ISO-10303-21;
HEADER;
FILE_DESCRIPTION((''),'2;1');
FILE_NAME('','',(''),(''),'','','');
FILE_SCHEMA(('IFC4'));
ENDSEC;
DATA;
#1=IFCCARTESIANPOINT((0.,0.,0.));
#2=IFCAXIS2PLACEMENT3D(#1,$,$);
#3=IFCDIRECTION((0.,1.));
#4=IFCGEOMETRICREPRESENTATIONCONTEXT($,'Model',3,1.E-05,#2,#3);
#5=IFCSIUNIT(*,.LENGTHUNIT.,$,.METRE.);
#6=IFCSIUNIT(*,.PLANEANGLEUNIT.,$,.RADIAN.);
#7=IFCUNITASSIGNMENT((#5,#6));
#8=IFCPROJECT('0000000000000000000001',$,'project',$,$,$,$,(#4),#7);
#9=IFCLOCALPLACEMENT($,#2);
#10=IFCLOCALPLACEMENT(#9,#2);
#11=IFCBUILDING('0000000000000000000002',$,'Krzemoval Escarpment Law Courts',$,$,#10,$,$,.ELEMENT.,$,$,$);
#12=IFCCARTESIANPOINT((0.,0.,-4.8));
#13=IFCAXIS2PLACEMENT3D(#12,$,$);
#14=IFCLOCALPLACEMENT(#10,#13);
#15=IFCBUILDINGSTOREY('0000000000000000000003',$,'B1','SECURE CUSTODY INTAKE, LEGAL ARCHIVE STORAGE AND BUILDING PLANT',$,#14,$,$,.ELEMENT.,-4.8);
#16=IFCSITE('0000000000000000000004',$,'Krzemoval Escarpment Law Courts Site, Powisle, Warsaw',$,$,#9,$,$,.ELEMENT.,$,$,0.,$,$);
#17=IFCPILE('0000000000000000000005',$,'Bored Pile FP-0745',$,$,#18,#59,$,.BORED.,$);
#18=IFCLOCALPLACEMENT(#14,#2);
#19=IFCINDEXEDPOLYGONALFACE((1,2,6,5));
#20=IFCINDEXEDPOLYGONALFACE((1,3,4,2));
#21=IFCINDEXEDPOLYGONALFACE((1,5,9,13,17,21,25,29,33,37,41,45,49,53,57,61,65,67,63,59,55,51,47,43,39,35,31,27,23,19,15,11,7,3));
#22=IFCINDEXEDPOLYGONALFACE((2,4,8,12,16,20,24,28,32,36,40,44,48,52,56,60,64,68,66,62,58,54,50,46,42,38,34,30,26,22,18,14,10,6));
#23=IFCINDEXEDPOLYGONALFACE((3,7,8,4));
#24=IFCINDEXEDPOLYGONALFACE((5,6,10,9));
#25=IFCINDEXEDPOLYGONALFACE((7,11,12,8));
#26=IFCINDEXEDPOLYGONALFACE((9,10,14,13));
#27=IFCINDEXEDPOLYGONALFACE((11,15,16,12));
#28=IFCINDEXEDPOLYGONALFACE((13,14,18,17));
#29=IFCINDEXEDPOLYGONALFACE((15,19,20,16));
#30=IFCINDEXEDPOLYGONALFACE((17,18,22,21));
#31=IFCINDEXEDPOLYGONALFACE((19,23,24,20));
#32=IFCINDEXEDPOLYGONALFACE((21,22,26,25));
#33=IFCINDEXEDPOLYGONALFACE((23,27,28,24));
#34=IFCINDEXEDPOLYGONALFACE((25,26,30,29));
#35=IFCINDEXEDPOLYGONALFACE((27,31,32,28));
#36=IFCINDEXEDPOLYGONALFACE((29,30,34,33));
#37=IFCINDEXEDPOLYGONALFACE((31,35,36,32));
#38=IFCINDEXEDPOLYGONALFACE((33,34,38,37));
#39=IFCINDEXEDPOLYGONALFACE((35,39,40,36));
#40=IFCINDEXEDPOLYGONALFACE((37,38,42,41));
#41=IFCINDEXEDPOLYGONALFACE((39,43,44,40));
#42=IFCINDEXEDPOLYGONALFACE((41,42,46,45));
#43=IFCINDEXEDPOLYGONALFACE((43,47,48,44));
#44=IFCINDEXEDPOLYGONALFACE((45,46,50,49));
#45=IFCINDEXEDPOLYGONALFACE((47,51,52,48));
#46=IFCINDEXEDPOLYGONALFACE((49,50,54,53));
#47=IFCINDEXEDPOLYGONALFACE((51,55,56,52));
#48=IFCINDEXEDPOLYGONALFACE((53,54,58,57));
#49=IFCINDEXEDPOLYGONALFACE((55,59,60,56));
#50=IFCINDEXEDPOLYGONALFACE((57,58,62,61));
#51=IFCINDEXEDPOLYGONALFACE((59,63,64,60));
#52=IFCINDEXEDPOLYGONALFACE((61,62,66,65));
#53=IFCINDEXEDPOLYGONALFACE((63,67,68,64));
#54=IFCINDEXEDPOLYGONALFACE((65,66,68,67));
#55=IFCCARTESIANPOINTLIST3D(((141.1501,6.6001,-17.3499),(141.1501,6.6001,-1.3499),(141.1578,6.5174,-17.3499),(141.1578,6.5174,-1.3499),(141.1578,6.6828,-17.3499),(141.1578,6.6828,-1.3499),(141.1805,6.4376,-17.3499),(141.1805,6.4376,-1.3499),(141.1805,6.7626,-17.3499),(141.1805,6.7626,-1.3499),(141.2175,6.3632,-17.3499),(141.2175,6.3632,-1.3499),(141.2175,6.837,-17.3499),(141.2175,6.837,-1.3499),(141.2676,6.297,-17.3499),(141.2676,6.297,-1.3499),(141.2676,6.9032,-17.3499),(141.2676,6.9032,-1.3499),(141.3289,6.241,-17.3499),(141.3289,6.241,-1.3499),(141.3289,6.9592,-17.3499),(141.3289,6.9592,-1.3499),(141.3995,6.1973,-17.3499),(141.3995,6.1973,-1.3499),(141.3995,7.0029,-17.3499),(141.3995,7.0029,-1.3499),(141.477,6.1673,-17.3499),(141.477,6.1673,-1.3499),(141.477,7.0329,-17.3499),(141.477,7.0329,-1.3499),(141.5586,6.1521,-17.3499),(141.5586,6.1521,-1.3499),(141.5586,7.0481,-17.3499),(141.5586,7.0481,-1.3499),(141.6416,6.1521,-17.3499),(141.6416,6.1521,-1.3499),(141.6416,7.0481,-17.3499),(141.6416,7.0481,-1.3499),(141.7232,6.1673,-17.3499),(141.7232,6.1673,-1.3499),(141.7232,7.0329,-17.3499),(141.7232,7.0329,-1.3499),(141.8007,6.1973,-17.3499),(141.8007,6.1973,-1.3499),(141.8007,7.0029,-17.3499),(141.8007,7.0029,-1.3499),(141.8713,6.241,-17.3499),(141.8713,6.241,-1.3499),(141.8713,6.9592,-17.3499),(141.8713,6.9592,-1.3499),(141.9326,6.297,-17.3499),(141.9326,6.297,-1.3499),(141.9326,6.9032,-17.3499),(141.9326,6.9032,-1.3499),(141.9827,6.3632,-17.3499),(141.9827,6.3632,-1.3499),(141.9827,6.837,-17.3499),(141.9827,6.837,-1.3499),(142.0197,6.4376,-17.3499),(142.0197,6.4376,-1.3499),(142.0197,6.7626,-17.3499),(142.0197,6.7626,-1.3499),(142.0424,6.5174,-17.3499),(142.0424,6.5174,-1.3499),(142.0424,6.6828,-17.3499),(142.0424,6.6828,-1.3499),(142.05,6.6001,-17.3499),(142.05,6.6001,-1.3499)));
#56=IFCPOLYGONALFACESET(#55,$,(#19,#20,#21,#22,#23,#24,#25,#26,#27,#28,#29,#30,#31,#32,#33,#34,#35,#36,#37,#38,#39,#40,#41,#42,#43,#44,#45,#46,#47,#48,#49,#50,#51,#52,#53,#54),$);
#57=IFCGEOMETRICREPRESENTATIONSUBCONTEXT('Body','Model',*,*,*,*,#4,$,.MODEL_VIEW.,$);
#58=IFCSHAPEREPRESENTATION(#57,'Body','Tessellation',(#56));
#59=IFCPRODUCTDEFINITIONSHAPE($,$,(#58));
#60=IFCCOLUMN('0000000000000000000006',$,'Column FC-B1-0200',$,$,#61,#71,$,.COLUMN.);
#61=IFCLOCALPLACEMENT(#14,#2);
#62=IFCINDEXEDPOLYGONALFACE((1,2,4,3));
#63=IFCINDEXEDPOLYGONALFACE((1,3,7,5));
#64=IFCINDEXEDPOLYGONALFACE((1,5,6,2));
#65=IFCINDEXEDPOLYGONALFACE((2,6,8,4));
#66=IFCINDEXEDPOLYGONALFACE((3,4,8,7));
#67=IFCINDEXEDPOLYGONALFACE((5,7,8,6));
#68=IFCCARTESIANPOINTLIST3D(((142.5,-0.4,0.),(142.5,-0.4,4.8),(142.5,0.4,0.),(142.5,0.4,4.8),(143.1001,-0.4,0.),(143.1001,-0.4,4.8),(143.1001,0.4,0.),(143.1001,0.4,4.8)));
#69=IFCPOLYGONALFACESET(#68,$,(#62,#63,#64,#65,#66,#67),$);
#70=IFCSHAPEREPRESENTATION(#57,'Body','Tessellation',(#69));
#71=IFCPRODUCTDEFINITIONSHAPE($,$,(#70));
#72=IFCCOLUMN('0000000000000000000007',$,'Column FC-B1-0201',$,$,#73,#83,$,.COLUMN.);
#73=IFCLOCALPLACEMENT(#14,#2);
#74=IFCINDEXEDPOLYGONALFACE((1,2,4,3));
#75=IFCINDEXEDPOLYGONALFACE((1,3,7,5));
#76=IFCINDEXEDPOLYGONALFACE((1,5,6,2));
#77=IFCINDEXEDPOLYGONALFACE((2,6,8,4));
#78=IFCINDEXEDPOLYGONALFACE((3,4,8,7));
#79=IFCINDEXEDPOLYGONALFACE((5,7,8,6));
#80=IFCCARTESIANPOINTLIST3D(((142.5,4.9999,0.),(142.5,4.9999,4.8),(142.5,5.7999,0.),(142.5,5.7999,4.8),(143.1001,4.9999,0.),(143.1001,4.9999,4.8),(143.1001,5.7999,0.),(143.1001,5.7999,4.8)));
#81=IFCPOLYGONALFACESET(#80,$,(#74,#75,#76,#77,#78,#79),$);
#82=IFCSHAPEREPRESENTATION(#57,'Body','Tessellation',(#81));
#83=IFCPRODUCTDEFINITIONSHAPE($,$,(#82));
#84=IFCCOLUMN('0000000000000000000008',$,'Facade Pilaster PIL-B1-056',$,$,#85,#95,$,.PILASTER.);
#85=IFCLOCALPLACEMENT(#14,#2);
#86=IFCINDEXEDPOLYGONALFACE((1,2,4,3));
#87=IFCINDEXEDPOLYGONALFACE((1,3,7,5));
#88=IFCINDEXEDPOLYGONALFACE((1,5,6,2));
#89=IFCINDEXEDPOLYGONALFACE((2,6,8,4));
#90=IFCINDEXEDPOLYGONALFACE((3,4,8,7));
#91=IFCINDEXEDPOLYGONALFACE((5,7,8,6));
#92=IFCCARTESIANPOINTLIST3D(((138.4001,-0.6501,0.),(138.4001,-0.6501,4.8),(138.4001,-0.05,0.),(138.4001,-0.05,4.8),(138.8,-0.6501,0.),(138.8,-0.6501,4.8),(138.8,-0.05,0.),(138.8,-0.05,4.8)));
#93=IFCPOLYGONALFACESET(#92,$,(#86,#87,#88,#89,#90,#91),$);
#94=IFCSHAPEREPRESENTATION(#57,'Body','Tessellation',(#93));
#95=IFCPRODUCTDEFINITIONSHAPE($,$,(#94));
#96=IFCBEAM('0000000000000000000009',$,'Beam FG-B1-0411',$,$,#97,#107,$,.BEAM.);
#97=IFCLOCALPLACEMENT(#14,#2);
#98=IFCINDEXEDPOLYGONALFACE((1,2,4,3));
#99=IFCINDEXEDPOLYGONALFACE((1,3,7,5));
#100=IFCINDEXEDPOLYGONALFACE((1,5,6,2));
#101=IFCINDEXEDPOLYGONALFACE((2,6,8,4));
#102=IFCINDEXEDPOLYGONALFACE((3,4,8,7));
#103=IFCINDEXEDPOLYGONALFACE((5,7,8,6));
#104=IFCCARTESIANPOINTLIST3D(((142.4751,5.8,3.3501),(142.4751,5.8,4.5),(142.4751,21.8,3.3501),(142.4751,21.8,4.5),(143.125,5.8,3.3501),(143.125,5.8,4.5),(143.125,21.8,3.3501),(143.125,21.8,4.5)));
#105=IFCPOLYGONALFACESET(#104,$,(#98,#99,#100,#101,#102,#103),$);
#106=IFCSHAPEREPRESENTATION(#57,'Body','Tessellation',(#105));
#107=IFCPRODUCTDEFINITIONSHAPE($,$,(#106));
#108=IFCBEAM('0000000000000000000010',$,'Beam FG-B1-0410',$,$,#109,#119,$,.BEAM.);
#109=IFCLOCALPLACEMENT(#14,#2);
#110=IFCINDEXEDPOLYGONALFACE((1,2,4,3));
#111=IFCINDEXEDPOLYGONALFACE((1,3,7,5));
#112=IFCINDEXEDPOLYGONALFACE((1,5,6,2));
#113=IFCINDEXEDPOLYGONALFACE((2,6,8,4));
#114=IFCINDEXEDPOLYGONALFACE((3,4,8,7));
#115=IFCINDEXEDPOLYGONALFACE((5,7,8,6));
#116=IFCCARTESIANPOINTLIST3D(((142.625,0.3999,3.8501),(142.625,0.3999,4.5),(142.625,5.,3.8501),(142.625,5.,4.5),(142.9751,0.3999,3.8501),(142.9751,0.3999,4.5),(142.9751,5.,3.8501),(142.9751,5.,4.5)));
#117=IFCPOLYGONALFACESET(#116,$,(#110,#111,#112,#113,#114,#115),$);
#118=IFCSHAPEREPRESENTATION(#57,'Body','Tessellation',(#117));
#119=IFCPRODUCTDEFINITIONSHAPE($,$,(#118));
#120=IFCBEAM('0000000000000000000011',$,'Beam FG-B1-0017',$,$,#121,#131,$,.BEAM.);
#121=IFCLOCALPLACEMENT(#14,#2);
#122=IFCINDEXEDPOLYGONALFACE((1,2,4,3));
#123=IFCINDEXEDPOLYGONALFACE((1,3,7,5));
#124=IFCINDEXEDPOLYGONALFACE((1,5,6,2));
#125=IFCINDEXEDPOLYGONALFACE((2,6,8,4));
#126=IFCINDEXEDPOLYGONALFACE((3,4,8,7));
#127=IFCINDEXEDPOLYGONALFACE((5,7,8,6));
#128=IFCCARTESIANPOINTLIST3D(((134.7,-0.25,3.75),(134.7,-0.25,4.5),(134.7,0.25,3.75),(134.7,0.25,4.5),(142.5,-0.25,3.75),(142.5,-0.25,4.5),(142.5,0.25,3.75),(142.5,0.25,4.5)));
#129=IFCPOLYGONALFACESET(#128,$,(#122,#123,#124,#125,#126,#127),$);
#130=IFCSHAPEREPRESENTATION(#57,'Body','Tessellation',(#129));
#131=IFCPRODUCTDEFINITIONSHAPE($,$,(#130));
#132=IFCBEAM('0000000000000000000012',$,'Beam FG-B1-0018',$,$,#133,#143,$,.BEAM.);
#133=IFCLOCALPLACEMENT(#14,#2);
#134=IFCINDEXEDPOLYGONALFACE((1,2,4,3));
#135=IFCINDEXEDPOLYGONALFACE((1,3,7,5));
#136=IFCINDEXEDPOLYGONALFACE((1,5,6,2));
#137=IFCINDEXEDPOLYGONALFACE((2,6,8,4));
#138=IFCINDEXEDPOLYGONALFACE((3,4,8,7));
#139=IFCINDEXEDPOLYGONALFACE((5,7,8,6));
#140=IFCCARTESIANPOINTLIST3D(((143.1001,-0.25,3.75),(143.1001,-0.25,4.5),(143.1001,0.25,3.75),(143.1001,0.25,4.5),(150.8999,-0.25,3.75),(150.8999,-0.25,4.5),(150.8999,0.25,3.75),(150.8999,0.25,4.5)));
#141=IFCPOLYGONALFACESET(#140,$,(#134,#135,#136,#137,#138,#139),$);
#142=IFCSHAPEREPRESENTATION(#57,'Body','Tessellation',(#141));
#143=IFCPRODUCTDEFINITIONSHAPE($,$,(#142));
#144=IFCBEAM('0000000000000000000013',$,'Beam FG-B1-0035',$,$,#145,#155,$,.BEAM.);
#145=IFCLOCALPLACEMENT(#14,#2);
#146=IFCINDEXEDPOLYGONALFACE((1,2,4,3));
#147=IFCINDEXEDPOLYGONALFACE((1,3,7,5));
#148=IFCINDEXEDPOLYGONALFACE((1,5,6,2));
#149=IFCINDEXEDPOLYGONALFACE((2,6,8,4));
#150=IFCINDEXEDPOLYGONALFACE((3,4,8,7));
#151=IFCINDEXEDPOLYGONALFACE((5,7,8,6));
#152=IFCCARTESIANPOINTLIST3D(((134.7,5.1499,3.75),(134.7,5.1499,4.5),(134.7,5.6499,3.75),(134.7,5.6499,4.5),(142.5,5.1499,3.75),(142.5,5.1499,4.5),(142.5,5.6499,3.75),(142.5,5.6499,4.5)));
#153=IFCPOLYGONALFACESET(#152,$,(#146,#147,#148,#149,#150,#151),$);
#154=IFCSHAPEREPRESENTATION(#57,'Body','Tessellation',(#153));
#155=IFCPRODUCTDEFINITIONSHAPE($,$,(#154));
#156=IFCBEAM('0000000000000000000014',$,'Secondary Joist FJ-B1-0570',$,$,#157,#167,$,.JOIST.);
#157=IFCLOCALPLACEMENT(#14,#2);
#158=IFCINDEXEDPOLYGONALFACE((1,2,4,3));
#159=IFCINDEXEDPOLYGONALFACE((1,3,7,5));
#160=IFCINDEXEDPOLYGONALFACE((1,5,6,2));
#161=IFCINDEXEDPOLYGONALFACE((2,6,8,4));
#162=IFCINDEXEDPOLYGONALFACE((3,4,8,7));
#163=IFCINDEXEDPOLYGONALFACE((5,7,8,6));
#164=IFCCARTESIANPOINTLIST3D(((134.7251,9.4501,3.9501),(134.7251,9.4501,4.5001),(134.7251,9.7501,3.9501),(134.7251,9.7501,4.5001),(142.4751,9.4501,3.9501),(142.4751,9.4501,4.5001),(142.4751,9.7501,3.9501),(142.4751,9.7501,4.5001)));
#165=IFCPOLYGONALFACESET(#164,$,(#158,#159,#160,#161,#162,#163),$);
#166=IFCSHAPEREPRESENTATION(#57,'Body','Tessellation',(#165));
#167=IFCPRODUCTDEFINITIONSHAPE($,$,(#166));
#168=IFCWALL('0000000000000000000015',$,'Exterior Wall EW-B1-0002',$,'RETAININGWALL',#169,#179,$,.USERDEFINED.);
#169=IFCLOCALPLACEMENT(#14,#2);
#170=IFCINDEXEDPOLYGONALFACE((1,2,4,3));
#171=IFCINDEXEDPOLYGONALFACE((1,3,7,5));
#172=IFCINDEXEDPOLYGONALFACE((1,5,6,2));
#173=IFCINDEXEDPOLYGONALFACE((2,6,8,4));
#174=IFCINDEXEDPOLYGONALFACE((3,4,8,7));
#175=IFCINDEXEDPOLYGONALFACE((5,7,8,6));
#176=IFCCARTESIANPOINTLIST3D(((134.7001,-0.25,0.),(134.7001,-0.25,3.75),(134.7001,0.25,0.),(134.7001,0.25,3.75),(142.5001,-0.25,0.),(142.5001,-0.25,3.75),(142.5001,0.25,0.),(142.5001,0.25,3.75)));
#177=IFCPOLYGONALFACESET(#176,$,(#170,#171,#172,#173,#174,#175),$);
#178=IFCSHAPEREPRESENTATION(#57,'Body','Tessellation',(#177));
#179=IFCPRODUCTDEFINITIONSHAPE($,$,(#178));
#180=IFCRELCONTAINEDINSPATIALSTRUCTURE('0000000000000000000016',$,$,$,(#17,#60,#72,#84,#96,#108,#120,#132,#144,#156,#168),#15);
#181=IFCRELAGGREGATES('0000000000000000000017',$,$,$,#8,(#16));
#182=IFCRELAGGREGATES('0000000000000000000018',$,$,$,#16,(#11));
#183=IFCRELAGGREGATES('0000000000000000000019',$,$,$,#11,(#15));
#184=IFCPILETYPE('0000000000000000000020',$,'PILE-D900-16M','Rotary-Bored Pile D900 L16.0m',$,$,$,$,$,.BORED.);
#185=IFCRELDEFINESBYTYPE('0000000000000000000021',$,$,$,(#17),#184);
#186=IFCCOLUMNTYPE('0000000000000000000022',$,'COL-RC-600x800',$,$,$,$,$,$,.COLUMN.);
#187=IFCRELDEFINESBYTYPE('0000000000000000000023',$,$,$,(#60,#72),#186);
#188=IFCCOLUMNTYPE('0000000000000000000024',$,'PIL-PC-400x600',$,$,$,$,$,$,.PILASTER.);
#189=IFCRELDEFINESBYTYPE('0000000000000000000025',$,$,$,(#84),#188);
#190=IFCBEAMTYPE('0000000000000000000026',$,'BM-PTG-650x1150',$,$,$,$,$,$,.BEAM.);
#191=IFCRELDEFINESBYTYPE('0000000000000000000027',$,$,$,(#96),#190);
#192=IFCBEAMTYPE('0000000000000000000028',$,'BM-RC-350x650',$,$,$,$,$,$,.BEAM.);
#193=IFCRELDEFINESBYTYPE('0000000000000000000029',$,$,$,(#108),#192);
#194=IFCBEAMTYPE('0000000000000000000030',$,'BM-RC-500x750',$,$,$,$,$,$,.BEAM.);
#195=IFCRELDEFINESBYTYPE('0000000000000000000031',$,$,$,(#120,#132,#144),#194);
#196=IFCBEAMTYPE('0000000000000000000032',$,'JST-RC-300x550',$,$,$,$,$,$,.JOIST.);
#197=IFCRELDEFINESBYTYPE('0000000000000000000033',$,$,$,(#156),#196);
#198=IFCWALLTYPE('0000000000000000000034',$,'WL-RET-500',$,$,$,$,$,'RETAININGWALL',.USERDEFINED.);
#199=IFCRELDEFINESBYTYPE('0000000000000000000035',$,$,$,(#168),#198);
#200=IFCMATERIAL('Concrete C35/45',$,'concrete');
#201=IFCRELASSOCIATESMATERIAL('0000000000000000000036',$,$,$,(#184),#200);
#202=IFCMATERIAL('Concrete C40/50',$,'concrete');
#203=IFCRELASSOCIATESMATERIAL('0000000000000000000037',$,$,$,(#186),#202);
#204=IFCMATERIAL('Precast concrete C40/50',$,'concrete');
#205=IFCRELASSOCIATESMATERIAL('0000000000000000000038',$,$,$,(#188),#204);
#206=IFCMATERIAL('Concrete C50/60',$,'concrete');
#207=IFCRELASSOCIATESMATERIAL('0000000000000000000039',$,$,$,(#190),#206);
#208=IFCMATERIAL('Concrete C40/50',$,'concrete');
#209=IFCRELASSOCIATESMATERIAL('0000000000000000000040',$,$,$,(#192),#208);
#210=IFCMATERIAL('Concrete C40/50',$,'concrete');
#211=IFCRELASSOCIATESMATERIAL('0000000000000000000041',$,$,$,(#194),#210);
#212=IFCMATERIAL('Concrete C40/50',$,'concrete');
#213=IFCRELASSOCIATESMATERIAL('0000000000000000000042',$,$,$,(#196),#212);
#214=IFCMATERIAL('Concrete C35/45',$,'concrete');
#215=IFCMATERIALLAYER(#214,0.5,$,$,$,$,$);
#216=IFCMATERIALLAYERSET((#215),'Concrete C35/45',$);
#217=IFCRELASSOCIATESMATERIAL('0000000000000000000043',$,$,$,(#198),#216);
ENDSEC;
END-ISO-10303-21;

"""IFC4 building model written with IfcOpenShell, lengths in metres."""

from ifc_helpers import new_model, si_unit, direction, frame, frame_2d, origin, origin_2d, place, context, subcontext, project, spatial, rectangle, circle, extrude, material, layer, layer_set, material_profile, profile_set, type_object, element, save


model = new_model("IFC4")

# Units and contexts
model_context = context("Model", 3, precision=1e-05, world=origin(), true_north=direction((0.0, 1.0)))
body_context = subcontext(model_context, "Body", "Model", "MODEL_VIEW")
ifc_project = project(units=[si_unit("LENGTHUNIT", "METRE"), si_unit("PLANEANGLEUNIT", "RADIAN")], contexts=[model_context])

# Site, building, storey
site_placement = place(None, origin())
site = spatial("IfcSite", under=ifc_project, at=site_placement, Name="Krzemoval Escarpment Law Courts Site, Powisle, Warsaw", CompositionType="ELEMENT", RefElevation=0.0)
building_placement = place(site_placement, origin())
building = spatial("IfcBuilding", under=site, at=building_placement, Name="Krzemoval Escarpment Law Courts", CompositionType="ELEMENT")
storey_placement = place(building_placement, frame((0.0, 0.0, -4.8)))
storey = spatial("IfcBuildingStorey", under=building, at=storey_placement, Name="B1", Description="SECURE CUSTODY INTAKE, LEGAL ARCHIVE STORAGE AND BUILDING PLANT", CompositionType="ELEMENT", Elevation=-4.8)

# Pile
ifc_material_1 = material(Name="Concrete C35/45", Category="concrete")
ifc_material_profile_1 = material_profile(ifc_material_1, circle(Radius=0.45, at=origin_2d()), Name="PILE D900")
ifc_profile_set_1 = profile_set([ifc_material_profile_1], Name="Concrete C35/45")
pile_type = type_object("IfcPileType", Name="PILE-D900-16M", Description="Rotary-Bored Pile D900 L16.0m", PredefinedType="BORED", material=ifc_profile_set_1)
for number, where, z_axis, x_axis, name in (
    (1, (141.6001, 6.6001, -1.3499), (0.0, 0.0, -1.0), (1.0, 0.0, 0.0), "Bored Pile FP-0745"),
):
    element("IfcPile", number, at=place(storey_placement, frame(where, z_axis=z_axis, x_axis=x_axis)), inside=storey, type_object=pile_type, Name=name, PredefinedType="BORED", context=body_context, shape_type="SweptSolid", body=[
        extrude(circle(Radius=0.45, at=origin_2d()), origin(), (0.0, 0.0, 1.0), 16.0),
    ])

# Columns
ifc_material_2 = material(Name="Concrete C40/50", Category="concrete")
ifc_material_profile_2 = material_profile(ifc_material_2, rectangle(XDim=0.6001, YDim=0.8, at=origin_2d()), Name="RC 600x800")
ifc_profile_set_2 = profile_set([ifc_material_profile_2], Name="Concrete C40/50")
column_type_1 = type_object("IfcColumnType", Name="COL-RC-600x800", PredefinedType="COLUMN", material=ifc_profile_set_2)
for number, where, z_axis, x_axis, name in (
    (2, (142.8, 0.0, 0.0), (0.0, 0.0, 1.0), (1.0, 0.0, 0.0), "Column FC-B1-0200"),
    (3, (142.8, 5.3999, 0.0), (0.0, 0.0, 1.0), (1.0, 0.0, 0.0), "Column FC-B1-0201"),
):
    element("IfcColumn", number, at=place(storey_placement, frame(where, z_axis=z_axis, x_axis=x_axis)), inside=storey, type_object=column_type_1, Name=name, PredefinedType="COLUMN", context=body_context, shape_type="SweptSolid", body=[
        extrude(rectangle(XDim=0.6001, YDim=0.8, at=origin_2d()), origin(), (0.0, 0.0, 1.0), 4.8),
    ])
ifc_material_3 = material(Name="Precast concrete C40/50", Category="concrete")
ifc_material_profile_3 = material_profile(ifc_material_3, rectangle(XDim=0.3999, YDim=0.6001, at=origin_2d()), Name="PIL 400x600")
ifc_profile_set_3 = profile_set([ifc_material_profile_3], Name="Precast concrete C40/50")
column_type_2 = type_object("IfcColumnType", Name="PIL-PC-400x600", PredefinedType="PILASTER", material=ifc_profile_set_3)
column_placement = place(storey_placement, frame((138.6001, -0.3501, 0.0), z_axis=(0.0, 0.0, 1.0), x_axis=(1.0, 0.0, 0.0)))
element("IfcColumn", 4, at=column_placement, inside=storey, type_object=column_type_2, Name="Facade Pilaster PIL-B1-056", PredefinedType="PILASTER", context=body_context, shape_type="SweptSolid", body=[
    extrude(rectangle(XDim=0.3999, YDim=0.6001, at=origin_2d()), origin(), (0.0, 0.0, 1.0), 4.8),
])

# Beams
ifc_material_4 = material(Name="Concrete C50/60", Category="concrete")
ifc_material_profile_4 = material_profile(ifc_material_4, rectangle(XDim=0.6499, YDim=1.1499, at=origin_2d()), Name="PTG 650x1150")
ifc_profile_set_4 = profile_set([ifc_material_profile_4], Name="Concrete C50/60")
beam_type_1 = type_object("IfcBeamType", Name="BM-PTG-650x1150", PredefinedType="BEAM", material=ifc_profile_set_4)
beam_1_placement = place(storey_placement, frame((142.8, 5.8, 3.925), z_axis=(0.0, 1.0, 0.0), x_axis=(-1.0, 0.0, 0.0)))
element("IfcBeam", 5, at=beam_1_placement, inside=storey, type_object=beam_type_1, Name="Beam FG-B1-0411", PredefinedType="BEAM", context=body_context, shape_type="SweptSolid", body=[
    extrude(rectangle(XDim=0.6499, YDim=1.1499, at=origin_2d()), origin(), (0.0, 0.0, 1.0), 16.0),
])
ifc_material_5 = material(Name="Concrete C40/50", Category="concrete")
ifc_material_profile_5 = material_profile(ifc_material_5, rectangle(XDim=0.3501, YDim=0.6499, at=origin_2d()), Name="RCB 350x650")
ifc_profile_set_5 = profile_set([ifc_material_profile_5], Name="Concrete C40/50")
beam_type_2 = type_object("IfcBeamType", Name="BM-RC-350x650", PredefinedType="BEAM", material=ifc_profile_set_5)
beam_2_placement = place(storey_placement, frame((142.8, 0.3999, 4.175), z_axis=(0.0, 1.0, 0.0), x_axis=(-1.0, 0.0, 0.0)))
element("IfcBeam", 6, at=beam_2_placement, inside=storey, type_object=beam_type_2, Name="Beam FG-B1-0410", PredefinedType="BEAM", context=body_context, shape_type="SweptSolid", body=[
    extrude(rectangle(XDim=0.3501, YDim=0.6499, at=origin_2d()), origin(), (0.0, 0.0, 1.0), 4.6001),
])
ifc_material_6 = material(Name="Concrete C40/50", Category="concrete")
ifc_material_profile_6 = material_profile(ifc_material_6, rectangle(XDim=0.5, YDim=0.75, at=origin_2d()), Name="RCB 500x750")
ifc_profile_set_6 = profile_set([ifc_material_profile_6], Name="Concrete C40/50")
beam_type_3 = type_object("IfcBeamType", Name="BM-RC-500x750", PredefinedType="BEAM", material=ifc_profile_set_6)
beam_3_placement = place(storey_placement, frame((134.7, 0.0, 4.125), z_axis=(1.0, 0.0, 0.0), x_axis=(0.0, 1.0, 0.0)))
element("IfcBeam", 7, at=beam_3_placement, inside=storey, type_object=beam_type_3, Name="Beam FG-B1-0017", PredefinedType="BEAM", context=body_context, shape_type="SweptSolid", body=[
    extrude(rectangle(XDim=0.5, YDim=0.75, at=origin_2d()), origin(), (0.0, 0.0, 1.0), 7.8),
])
beam_4_placement = place(storey_placement, frame((143.1001, 0.0, 4.125), z_axis=(1.0, 0.0, 0.0), x_axis=(0.0, 1.0, 0.0)))
element("IfcBeam", 8, at=beam_4_placement, inside=storey, type_object=beam_type_3, Name="Beam FG-B1-0018", PredefinedType="BEAM", context=body_context, shape_type="SweptSolid", body=[
    extrude(rectangle(XDim=0.5, YDim=0.75, at=origin_2d()), origin(), (0.0, 0.0, 1.0), 7.7998),
])
beam_5_placement = place(storey_placement, frame((134.7, 5.3999, 4.125), z_axis=(1.0, 0.0, 0.0), x_axis=(0.0, 1.0, 0.0)))
element("IfcBeam", 9, at=beam_5_placement, inside=storey, type_object=beam_type_3, Name="Beam FG-B1-0035", PredefinedType="BEAM", context=body_context, shape_type="SweptSolid", body=[
    extrude(rectangle(XDim=0.5, YDim=0.75, at=origin_2d()), origin(), (0.0, 0.0, 1.0), 7.8),
])
ifc_material_7 = material(Name="Concrete C40/50", Category="concrete")
ifc_material_profile_7 = material_profile(ifc_material_7, rectangle(XDim=0.3, YDim=0.55, at=origin_2d()), Name="RCB 300x550")
ifc_profile_set_7 = profile_set([ifc_material_profile_7], Name="Concrete C40/50")
beam_type_4 = type_object("IfcBeamType", Name="JST-RC-300x550", PredefinedType="JOIST", material=ifc_profile_set_7)
beam_6_placement = place(storey_placement, frame((134.7251, 9.6001, 4.2251), z_axis=(1.0, 0.0, 0.0), x_axis=(0.0, 1.0, 0.0)))
element("IfcBeam", 10, at=beam_6_placement, inside=storey, type_object=beam_type_4, Name="Secondary Joist FJ-B1-0570", PredefinedType="JOIST", context=body_context, shape_type="SweptSolid", body=[
    extrude(rectangle(XDim=0.3, YDim=0.55, at=origin_2d()), origin(), (0.0, 0.0, 1.0), 7.75),
])

# Wall
ifc_material_8 = material(Name="Concrete C35/45", Category="concrete")
ifc_layer = layer(ifc_material_8, 0.5)
ifc_layer_set = layer_set([ifc_layer], Name="Concrete C35/45")
wall_type = type_object("IfcWallType", Name="WL-RET-500", ElementType="RETAININGWALL", PredefinedType="USERDEFINED", material=ifc_layer_set)
wall_placement = place(storey_placement, frame((142.5, 0.0, 0.0), z_axis=(0.0, 0.0, 1.0), x_axis=(-1.0, 0.0, 0.0)))
element("IfcWall", 11, at=wall_placement, inside=storey, type_object=wall_type, Name="Exterior Wall EW-B1-0002", ObjectType="RETAININGWALL", PredefinedType="USERDEFINED", context=body_context, shape_type="SweptSolid", body=[
    extrude(rectangle(XDim=7.8, YDim=0.5, at=frame_2d((3.8999, 0.0))), origin(), (0.0, 0.0, 1.0), 3.75),
])

save(model, "model.ifc")
